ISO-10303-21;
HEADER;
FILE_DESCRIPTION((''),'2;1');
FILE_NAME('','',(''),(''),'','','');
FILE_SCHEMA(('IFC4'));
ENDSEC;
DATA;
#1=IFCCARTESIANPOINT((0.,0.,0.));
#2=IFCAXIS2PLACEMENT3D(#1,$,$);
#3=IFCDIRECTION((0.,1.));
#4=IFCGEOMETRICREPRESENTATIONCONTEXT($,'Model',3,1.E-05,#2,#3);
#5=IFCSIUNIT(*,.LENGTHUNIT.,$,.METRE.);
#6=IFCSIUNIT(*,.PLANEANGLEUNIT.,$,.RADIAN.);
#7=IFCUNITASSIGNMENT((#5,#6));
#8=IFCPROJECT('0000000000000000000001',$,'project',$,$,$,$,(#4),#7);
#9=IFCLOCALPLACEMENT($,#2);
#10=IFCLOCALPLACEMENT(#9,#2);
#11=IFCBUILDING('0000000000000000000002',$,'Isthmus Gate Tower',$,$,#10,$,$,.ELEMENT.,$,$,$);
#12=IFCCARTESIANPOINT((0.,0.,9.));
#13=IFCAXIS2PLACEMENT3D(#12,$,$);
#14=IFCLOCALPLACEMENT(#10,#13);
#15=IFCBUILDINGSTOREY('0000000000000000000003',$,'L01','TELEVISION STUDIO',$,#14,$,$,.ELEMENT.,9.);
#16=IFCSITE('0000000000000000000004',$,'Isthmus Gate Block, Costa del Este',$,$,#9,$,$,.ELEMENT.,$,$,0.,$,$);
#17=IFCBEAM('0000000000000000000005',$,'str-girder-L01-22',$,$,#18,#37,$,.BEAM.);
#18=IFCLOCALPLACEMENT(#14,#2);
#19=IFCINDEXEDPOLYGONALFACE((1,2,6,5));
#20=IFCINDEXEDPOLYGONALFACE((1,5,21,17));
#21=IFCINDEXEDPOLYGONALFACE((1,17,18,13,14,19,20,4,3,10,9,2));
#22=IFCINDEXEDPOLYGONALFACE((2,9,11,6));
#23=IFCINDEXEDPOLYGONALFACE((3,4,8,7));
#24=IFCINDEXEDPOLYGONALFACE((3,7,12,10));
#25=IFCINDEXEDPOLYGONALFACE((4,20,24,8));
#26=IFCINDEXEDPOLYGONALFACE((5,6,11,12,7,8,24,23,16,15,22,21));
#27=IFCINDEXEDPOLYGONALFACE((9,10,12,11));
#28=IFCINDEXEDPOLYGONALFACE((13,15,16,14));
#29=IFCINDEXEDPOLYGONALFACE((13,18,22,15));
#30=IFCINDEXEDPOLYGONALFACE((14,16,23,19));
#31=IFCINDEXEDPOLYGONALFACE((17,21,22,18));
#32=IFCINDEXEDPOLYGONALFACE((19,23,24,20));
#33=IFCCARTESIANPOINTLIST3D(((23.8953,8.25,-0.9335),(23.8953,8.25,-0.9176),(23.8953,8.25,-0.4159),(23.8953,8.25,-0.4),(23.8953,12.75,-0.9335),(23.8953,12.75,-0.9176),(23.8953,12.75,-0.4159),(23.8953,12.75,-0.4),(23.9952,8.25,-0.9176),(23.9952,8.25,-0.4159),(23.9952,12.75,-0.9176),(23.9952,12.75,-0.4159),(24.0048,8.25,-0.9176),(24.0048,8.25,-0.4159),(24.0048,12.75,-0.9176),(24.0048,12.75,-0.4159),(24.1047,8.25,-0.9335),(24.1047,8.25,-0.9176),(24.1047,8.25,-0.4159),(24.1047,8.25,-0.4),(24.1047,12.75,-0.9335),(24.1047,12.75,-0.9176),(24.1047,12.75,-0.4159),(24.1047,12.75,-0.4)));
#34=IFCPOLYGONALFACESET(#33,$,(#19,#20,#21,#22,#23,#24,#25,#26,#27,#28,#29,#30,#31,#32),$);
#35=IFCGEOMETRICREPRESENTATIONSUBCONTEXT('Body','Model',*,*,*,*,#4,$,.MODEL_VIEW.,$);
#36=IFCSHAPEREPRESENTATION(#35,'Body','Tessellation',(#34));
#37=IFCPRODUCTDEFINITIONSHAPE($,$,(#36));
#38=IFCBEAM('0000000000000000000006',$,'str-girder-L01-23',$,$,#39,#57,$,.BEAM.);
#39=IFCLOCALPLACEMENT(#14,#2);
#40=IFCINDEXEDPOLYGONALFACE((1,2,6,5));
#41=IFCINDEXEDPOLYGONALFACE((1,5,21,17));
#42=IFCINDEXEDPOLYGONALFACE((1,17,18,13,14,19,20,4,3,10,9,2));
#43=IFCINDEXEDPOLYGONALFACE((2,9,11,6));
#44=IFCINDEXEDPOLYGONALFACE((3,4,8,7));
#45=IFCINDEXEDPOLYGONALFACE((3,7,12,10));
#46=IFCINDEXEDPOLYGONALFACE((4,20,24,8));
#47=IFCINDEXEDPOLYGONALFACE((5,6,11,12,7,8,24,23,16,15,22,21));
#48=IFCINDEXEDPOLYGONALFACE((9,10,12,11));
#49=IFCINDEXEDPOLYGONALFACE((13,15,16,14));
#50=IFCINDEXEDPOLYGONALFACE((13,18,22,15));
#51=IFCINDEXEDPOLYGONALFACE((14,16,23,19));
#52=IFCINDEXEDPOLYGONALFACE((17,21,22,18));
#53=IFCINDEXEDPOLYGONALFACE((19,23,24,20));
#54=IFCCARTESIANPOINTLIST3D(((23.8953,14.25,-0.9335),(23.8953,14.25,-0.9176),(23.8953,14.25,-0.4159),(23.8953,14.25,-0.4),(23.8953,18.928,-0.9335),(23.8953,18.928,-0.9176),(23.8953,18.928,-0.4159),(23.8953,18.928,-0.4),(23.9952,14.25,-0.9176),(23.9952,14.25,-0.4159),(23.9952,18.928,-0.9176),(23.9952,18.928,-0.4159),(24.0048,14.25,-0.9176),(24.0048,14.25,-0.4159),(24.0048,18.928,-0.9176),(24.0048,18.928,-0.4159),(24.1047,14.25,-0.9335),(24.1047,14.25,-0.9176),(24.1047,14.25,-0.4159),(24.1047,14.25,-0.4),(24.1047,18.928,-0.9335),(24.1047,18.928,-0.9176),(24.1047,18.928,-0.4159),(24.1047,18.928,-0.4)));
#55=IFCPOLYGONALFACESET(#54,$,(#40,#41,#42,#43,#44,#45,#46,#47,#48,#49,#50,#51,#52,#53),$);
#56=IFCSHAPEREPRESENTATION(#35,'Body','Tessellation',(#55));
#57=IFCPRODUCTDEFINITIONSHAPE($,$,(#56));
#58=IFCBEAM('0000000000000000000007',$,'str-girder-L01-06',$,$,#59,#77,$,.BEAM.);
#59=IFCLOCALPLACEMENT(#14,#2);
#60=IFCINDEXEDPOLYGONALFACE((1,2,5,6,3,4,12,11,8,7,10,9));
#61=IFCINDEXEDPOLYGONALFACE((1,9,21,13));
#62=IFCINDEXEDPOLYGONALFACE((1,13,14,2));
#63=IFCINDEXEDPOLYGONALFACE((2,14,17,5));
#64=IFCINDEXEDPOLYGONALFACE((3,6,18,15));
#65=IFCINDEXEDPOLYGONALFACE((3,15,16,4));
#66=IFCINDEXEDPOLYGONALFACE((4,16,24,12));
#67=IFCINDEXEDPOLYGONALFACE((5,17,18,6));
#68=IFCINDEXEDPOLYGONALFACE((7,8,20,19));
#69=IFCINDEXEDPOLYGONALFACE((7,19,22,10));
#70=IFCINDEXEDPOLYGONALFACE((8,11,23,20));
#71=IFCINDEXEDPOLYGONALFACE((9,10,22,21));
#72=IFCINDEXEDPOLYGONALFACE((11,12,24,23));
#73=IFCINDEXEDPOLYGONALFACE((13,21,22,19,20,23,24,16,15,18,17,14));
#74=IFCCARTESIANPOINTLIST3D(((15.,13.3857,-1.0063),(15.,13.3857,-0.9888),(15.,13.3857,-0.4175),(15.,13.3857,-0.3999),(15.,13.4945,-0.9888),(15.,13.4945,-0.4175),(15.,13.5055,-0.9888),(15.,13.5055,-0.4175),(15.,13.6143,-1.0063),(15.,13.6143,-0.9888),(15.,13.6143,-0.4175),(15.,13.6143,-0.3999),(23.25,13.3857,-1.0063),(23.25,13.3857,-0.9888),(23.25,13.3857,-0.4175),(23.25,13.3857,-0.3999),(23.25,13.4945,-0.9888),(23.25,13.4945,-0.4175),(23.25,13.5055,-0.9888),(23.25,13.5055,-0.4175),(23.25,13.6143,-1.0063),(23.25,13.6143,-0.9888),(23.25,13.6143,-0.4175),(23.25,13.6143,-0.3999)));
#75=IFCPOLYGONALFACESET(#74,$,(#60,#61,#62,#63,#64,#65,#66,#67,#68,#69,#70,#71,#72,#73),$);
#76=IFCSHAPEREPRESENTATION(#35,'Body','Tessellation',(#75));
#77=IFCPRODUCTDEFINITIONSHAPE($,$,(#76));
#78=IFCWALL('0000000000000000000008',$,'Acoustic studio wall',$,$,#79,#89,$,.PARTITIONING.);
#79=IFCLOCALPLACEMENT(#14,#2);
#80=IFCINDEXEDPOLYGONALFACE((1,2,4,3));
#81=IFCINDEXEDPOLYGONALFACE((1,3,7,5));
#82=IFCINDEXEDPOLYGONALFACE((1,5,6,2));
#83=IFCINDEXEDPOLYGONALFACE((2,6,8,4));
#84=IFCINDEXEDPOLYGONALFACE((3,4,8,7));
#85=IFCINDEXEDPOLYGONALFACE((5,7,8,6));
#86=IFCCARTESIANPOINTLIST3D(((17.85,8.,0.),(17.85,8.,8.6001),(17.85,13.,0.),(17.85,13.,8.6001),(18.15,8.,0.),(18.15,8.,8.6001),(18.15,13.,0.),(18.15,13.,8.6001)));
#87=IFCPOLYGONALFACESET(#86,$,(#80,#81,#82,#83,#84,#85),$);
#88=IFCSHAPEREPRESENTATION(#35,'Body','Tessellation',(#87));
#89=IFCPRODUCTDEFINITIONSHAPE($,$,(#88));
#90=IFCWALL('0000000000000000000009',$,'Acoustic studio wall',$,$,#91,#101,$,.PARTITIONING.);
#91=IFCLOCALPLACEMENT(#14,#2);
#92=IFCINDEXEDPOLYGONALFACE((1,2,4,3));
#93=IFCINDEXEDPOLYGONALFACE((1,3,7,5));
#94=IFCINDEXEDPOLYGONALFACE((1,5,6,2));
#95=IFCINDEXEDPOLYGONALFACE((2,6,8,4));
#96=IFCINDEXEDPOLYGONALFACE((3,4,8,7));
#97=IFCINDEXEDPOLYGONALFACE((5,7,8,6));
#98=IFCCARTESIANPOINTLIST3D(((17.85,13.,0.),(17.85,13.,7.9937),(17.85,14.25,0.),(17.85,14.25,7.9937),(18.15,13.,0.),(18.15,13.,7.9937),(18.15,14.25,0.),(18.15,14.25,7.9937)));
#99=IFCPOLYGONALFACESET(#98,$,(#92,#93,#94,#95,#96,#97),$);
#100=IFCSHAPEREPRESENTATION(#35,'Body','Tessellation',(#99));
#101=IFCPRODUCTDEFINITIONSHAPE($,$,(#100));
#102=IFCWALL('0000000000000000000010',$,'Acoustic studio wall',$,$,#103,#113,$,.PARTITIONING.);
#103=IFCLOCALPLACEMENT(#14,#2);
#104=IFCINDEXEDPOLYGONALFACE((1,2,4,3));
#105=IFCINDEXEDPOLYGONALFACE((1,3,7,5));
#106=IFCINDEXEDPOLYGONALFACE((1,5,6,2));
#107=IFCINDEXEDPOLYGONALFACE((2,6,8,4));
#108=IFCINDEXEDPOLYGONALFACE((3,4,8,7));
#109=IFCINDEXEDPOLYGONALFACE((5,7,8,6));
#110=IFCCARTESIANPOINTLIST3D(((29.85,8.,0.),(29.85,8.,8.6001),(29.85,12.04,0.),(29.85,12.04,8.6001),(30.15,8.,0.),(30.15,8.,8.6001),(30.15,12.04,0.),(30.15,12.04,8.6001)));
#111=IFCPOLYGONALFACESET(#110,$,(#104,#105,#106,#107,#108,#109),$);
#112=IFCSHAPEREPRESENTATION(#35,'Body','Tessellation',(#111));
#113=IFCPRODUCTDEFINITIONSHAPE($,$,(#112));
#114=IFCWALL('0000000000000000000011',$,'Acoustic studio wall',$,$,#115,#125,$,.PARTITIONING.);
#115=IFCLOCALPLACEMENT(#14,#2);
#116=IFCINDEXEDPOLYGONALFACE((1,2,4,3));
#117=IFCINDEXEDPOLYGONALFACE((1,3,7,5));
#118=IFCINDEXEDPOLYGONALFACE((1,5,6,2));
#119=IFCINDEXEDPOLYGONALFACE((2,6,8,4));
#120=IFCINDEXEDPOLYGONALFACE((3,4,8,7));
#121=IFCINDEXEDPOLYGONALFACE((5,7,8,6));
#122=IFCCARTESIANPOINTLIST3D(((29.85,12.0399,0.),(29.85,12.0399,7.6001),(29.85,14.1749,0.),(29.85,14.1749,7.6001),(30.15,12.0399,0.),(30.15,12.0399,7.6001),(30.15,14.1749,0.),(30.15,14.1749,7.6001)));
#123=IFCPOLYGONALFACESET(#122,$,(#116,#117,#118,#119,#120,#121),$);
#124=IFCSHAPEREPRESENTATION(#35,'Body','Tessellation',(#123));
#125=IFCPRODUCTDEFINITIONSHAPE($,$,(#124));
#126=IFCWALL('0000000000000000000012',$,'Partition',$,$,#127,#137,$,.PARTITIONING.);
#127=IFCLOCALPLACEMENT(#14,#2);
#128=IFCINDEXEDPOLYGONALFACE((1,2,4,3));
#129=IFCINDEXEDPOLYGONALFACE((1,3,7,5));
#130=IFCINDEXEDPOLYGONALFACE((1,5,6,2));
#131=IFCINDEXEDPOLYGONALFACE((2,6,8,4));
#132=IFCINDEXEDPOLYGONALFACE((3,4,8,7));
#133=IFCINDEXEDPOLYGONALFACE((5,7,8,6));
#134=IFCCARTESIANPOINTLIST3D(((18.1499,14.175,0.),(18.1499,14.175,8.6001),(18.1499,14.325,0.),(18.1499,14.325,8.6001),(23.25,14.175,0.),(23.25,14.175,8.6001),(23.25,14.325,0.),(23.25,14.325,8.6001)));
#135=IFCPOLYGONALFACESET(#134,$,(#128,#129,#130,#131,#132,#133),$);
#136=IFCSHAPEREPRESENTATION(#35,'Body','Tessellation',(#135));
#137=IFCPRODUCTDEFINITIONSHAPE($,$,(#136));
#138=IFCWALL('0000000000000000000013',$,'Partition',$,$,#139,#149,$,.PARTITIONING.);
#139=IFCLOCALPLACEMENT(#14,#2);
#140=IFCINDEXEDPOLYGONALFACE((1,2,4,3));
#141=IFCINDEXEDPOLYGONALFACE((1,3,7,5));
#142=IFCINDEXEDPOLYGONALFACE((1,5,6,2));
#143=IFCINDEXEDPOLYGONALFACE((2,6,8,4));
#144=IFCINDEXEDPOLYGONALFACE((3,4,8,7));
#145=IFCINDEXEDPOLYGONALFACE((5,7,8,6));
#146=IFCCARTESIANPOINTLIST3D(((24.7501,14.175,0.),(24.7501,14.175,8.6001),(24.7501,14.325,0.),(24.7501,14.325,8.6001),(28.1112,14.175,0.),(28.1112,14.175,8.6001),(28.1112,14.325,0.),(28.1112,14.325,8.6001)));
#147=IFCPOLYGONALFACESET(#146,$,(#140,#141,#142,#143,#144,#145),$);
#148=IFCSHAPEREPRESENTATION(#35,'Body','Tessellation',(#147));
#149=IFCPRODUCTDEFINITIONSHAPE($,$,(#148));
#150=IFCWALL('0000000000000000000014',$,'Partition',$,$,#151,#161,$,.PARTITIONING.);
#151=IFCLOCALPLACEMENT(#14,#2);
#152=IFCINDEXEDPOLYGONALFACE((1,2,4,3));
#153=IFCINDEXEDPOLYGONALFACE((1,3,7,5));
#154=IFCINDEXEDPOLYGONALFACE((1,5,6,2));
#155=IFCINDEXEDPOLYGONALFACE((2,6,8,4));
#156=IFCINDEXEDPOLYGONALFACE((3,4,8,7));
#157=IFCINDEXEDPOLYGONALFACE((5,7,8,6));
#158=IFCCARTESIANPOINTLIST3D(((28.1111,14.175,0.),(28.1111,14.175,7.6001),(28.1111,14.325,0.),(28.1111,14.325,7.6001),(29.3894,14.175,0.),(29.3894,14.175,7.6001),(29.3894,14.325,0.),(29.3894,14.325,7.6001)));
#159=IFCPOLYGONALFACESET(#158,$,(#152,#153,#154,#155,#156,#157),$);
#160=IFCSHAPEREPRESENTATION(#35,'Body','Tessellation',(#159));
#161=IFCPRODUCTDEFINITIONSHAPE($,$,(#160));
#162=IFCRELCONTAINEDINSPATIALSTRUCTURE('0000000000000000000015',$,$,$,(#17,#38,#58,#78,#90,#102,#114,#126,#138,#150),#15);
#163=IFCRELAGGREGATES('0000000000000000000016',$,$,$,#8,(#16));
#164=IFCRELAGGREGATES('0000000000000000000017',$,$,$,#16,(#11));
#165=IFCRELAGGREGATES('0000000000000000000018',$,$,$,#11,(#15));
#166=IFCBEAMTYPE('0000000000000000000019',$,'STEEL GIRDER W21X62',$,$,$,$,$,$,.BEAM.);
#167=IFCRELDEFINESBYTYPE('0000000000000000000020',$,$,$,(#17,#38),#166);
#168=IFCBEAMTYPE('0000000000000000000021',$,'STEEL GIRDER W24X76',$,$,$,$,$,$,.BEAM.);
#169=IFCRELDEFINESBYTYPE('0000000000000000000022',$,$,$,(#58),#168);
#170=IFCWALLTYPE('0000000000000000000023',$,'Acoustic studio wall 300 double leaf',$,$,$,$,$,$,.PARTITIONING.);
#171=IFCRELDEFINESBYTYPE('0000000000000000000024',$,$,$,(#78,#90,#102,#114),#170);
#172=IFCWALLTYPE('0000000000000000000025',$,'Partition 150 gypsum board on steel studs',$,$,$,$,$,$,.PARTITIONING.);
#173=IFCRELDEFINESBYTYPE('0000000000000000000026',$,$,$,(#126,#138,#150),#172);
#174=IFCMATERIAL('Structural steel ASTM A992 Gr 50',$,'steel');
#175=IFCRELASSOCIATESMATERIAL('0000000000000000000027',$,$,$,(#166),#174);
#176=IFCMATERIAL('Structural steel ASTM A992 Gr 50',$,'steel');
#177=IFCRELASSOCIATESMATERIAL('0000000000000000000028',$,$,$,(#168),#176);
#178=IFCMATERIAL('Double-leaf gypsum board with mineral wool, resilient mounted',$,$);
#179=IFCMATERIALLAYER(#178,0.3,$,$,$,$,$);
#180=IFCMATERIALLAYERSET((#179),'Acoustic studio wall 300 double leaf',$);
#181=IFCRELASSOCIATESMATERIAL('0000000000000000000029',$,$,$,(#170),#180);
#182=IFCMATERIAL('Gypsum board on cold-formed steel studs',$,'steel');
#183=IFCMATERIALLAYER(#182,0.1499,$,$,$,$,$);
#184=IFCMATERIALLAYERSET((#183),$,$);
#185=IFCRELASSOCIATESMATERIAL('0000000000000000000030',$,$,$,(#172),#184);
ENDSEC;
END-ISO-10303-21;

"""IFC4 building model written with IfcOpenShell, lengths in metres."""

from ifc_helpers import new_model, si_unit, direction, frame, frame_2d, origin, origin_2d, place, context, subcontext, project, spatial, rectangle, i_section, extrude, material, layer, layer_set, material_profile, profile_set, type_object, element, save


model = new_model("IFC4")

# Units and contexts
model_context = context("Model", 3, precision=1e-05, world=origin(), true_north=direction((0.0, 1.0)))
body_context = subcontext(model_context, "Body", "Model", "MODEL_VIEW")
ifc_project = project(units=[si_unit("LENGTHUNIT", "METRE"), si_unit("PLANEANGLEUNIT", "RADIAN")], contexts=[model_context])

# Site, building, storey
site_placement = place(None, origin())
site = spatial("IfcSite", under=ifc_project, at=site_placement, Name="Isthmus Gate Block, Costa del Este", CompositionType="ELEMENT", RefElevation=0.0)
building_placement = place(site_placement, origin())
building = spatial("IfcBuilding", under=site, at=building_placement, Name="Isthmus Gate Tower", CompositionType="ELEMENT")
storey_placement = place(building_placement, frame((0.0, 0.0, 9.0)))
storey = spatial("IfcBuildingStorey", under=building, at=storey_placement, Name="L01", Description="TELEVISION STUDIO", CompositionType="ELEMENT", Elevation=9.0)

# Beams
ifc_material_1 = material(Name="Structural steel ASTM A992 Gr 50", Category="steel")
ifc_material_profile_1 = material_profile(ifc_material_1, i_section(OverallWidth=0.2095, OverallDepth=0.5334, WebThickness=0.0095, FlangeThickness=0.0159, at=origin_2d()), Name="W21X62")
ifc_profile_set_1 = profile_set([ifc_material_profile_1], Name="Structural steel ASTM A992 Gr 50")
beam_type_1 = type_object("IfcBeamType", Name="STEEL GIRDER W21X62", PredefinedType="BEAM", material=ifc_profile_set_1)
beam_1_placement = place(storey_placement, frame((24.0, 8.25, -0.6667), z_axis=(0.0, 1.0, 0.0), x_axis=(-1.0, 0.0, 0.0)))
element("IfcBeam", 1, at=beam_1_placement, inside=storey, type_object=beam_type_1, Name="str-girder-L01-22", PredefinedType="BEAM", context=body_context, shape_type="SweptSolid", body=[
    extrude(i_section(OverallWidth=0.2095, OverallDepth=0.5334, WebThickness=0.0095, FlangeThickness=0.0159, at=origin_2d()), origin(), (0.0, 0.0, 1.0), 4.5),
])
beam_2_placement = place(storey_placement, frame((24.0, 14.25, -0.6667), z_axis=(0.0, 1.0, 0.0), x_axis=(-1.0, 0.0, 0.0)))
element("IfcBeam", 2, at=beam_2_placement, inside=storey, type_object=beam_type_1, Name="str-girder-L01-23", PredefinedType="BEAM", context=body_context, shape_type="SweptSolid", body=[
    extrude(i_section(OverallWidth=0.2095, OverallDepth=0.5334, WebThickness=0.0095, FlangeThickness=0.0159, at=origin_2d()), origin(), (0.0, 0.0, 1.0), 4.678),
])
ifc_material_2 = material(Name="Structural steel ASTM A992 Gr 50", Category="steel")
ifc_material_profile_2 = material_profile(ifc_material_2, i_section(OverallWidth=0.2285, OverallDepth=0.6064, WebThickness=0.011, FlangeThickness=0.0176, at=origin_2d()), Name="W24X76")
ifc_profile_set_2 = profile_set([ifc_material_profile_2], Name="Structural steel ASTM A992 Gr 50")
beam_type_2 = type_object("IfcBeamType", Name="STEEL GIRDER W24X76", PredefinedType="BEAM", material=ifc_profile_set_2)
beam_3_placement = place(storey_placement, frame((15.0, 13.5, -0.7031), z_axis=(1.0, 0.0, 0.0), x_axis=(0.0, 1.0, 0.0)))
element("IfcBeam", 3, at=beam_3_placement, inside=storey, type_object=beam_type_2, Name="str-girder-L01-06", PredefinedType="BEAM", context=body_context, shape_type="SweptSolid", body=[
    extrude(i_section(OverallWidth=0.2285, OverallDepth=0.6064, WebThickness=0.011, FlangeThickness=0.0176, at=origin_2d()), origin(), (0.0, 0.0, 1.0), 8.25),
])

# Walls
ifc_material_3 = material(Name="Double-leaf gypsum board with mineral wool, resilient mounted")
ifc_layer_1 = layer(ifc_material_3, 0.3)
ifc_layer_set_1 = layer_set([ifc_layer_1], Name="Acoustic studio wall 300 double leaf")
wall_type_1 = type_object("IfcWallType", Name="Acoustic studio wall 300 double leaf", PredefinedType="PARTITIONING", material=ifc_layer_set_1)
wall_1_placement = place(storey_placement, frame((18.0, 8.0, 0.0), z_axis=(0.0, 0.0, 1.0), x_axis=(0.0, 1.0, 0.0)))
element("IfcWall", 4, at=wall_1_placement, inside=storey, type_object=wall_type_1, Name="Acoustic studio wall", PredefinedType="PARTITIONING", context=body_context, shape_type="SweptSolid", body=[
    extrude(rectangle(XDim=5.0, YDim=0.3, at=frame_2d((2.5, 0.0))), origin(), (0.0, 0.0, 1.0), 8.6001),
])
wall_2_placement = place(storey_placement, frame((18.0, 13.0, 0.0), z_axis=(0.0, 0.0, 1.0), x_axis=(0.0, 1.0, 0.0)))
element("IfcWall", 5, at=wall_2_placement, inside=storey, type_object=wall_type_1, Name="Acoustic studio wall", PredefinedType="PARTITIONING", context=body_context, shape_type="SweptSolid", body=[
    extrude(rectangle(XDim=1.25, YDim=0.3, at=frame_2d((0.625, 0.0))), origin(), (0.0, 0.0, 1.0), 7.9937),
])
wall_3_placement = place(storey_placement, frame((30.0, 8.0, 0.0), z_axis=(0.0, 0.0, 1.0), x_axis=(0.0, 1.0, 0.0)))
element("IfcWall", 6, at=wall_3_placement, inside=storey, type_object=wall_type_1, Name="Acoustic studio wall", PredefinedType="PARTITIONING", context=body_context, shape_type="SweptSolid", body=[
    extrude(rectangle(XDim=4.04, YDim=0.3, at=frame_2d((2.02, 0.0))), origin(), (0.0, 0.0, 1.0), 8.6001),
])
wall_4_placement = place(storey_placement, frame((30.0, 12.04, 0.0), z_axis=(0.0, 0.0, 1.0), x_axis=(0.0, 1.0, 0.0)))
element("IfcWall", 7, at=wall_4_placement, inside=storey, type_object=wall_type_1, Name="Acoustic studio wall", PredefinedType="PARTITIONING", context=body_context, shape_type="SweptSolid", body=[
    extrude(rectangle(XDim=2.135, YDim=0.3, at=frame_2d((1.0674, 0.0))), origin(), (0.0, 0.0, 1.0), 7.6001),
])
ifc_material_4 = material(Name="Gypsum board on cold-formed steel studs", Category="steel")
ifc_layer_2 = layer(ifc_material_4, 0.1499)
ifc_layer_set_2 = layer_set([ifc_layer_2])
wall_type_2 = type_object("IfcWallType", Name="Partition 150 gypsum board on steel studs", PredefinedType="PARTITIONING", material=ifc_layer_set_2)
wall_5_placement = place(storey_placement, frame((18.1499, 14.25, 0.0), z_axis=(0.0, 0.0, 1.0), x_axis=(1.0, 0.0, 0.0)))
element("IfcWall", 8, at=wall_5_placement, inside=storey, type_object=wall_type_2, Name="Partition", PredefinedType="PARTITIONING", context=body_context, shape_type="SweptSolid", body=[
    extrude(rectangle(XDim=5.1001, YDim=0.1499, at=frame_2d((2.55, 0.0))), origin(), (0.0, 0.0, 1.0), 8.6001),
])
wall_6_placement = place(storey_placement, frame((24.75, 14.25, 0.0), z_axis=(0.0, 0.0, 1.0), x_axis=(1.0, 0.0, 0.0)))
element("IfcWall", 9, at=wall_6_placement, inside=storey, type_object=wall_type_2, Name="Partition", PredefinedType="PARTITIONING", context=body_context, shape_type="SweptSolid", body=[
    extrude(rectangle(XDim=3.3611, YDim=0.1499, at=frame_2d((1.6807, 0.0))), origin(), (0.0, 0.0, 1.0), 8.6001),
])
wall_7_placement = place(storey_placement, frame((28.1111, 14.25, 0.0), z_axis=(0.0, 0.0, 1.0), x_axis=(1.0, 0.0, 0.0)))
element("IfcWall", 10, at=wall_7_placement, inside=storey, type_object=wall_type_2, Name="Partition", PredefinedType="PARTITIONING", context=body_context, shape_type="SweptSolid", body=[
    extrude(rectangle(XDim=1.2783, YDim=0.1499, at=frame_2d((0.6392, 0.0))), origin(), (0.0, 0.0, 1.0), 7.6001),
])

save(model, "model.ifc")
